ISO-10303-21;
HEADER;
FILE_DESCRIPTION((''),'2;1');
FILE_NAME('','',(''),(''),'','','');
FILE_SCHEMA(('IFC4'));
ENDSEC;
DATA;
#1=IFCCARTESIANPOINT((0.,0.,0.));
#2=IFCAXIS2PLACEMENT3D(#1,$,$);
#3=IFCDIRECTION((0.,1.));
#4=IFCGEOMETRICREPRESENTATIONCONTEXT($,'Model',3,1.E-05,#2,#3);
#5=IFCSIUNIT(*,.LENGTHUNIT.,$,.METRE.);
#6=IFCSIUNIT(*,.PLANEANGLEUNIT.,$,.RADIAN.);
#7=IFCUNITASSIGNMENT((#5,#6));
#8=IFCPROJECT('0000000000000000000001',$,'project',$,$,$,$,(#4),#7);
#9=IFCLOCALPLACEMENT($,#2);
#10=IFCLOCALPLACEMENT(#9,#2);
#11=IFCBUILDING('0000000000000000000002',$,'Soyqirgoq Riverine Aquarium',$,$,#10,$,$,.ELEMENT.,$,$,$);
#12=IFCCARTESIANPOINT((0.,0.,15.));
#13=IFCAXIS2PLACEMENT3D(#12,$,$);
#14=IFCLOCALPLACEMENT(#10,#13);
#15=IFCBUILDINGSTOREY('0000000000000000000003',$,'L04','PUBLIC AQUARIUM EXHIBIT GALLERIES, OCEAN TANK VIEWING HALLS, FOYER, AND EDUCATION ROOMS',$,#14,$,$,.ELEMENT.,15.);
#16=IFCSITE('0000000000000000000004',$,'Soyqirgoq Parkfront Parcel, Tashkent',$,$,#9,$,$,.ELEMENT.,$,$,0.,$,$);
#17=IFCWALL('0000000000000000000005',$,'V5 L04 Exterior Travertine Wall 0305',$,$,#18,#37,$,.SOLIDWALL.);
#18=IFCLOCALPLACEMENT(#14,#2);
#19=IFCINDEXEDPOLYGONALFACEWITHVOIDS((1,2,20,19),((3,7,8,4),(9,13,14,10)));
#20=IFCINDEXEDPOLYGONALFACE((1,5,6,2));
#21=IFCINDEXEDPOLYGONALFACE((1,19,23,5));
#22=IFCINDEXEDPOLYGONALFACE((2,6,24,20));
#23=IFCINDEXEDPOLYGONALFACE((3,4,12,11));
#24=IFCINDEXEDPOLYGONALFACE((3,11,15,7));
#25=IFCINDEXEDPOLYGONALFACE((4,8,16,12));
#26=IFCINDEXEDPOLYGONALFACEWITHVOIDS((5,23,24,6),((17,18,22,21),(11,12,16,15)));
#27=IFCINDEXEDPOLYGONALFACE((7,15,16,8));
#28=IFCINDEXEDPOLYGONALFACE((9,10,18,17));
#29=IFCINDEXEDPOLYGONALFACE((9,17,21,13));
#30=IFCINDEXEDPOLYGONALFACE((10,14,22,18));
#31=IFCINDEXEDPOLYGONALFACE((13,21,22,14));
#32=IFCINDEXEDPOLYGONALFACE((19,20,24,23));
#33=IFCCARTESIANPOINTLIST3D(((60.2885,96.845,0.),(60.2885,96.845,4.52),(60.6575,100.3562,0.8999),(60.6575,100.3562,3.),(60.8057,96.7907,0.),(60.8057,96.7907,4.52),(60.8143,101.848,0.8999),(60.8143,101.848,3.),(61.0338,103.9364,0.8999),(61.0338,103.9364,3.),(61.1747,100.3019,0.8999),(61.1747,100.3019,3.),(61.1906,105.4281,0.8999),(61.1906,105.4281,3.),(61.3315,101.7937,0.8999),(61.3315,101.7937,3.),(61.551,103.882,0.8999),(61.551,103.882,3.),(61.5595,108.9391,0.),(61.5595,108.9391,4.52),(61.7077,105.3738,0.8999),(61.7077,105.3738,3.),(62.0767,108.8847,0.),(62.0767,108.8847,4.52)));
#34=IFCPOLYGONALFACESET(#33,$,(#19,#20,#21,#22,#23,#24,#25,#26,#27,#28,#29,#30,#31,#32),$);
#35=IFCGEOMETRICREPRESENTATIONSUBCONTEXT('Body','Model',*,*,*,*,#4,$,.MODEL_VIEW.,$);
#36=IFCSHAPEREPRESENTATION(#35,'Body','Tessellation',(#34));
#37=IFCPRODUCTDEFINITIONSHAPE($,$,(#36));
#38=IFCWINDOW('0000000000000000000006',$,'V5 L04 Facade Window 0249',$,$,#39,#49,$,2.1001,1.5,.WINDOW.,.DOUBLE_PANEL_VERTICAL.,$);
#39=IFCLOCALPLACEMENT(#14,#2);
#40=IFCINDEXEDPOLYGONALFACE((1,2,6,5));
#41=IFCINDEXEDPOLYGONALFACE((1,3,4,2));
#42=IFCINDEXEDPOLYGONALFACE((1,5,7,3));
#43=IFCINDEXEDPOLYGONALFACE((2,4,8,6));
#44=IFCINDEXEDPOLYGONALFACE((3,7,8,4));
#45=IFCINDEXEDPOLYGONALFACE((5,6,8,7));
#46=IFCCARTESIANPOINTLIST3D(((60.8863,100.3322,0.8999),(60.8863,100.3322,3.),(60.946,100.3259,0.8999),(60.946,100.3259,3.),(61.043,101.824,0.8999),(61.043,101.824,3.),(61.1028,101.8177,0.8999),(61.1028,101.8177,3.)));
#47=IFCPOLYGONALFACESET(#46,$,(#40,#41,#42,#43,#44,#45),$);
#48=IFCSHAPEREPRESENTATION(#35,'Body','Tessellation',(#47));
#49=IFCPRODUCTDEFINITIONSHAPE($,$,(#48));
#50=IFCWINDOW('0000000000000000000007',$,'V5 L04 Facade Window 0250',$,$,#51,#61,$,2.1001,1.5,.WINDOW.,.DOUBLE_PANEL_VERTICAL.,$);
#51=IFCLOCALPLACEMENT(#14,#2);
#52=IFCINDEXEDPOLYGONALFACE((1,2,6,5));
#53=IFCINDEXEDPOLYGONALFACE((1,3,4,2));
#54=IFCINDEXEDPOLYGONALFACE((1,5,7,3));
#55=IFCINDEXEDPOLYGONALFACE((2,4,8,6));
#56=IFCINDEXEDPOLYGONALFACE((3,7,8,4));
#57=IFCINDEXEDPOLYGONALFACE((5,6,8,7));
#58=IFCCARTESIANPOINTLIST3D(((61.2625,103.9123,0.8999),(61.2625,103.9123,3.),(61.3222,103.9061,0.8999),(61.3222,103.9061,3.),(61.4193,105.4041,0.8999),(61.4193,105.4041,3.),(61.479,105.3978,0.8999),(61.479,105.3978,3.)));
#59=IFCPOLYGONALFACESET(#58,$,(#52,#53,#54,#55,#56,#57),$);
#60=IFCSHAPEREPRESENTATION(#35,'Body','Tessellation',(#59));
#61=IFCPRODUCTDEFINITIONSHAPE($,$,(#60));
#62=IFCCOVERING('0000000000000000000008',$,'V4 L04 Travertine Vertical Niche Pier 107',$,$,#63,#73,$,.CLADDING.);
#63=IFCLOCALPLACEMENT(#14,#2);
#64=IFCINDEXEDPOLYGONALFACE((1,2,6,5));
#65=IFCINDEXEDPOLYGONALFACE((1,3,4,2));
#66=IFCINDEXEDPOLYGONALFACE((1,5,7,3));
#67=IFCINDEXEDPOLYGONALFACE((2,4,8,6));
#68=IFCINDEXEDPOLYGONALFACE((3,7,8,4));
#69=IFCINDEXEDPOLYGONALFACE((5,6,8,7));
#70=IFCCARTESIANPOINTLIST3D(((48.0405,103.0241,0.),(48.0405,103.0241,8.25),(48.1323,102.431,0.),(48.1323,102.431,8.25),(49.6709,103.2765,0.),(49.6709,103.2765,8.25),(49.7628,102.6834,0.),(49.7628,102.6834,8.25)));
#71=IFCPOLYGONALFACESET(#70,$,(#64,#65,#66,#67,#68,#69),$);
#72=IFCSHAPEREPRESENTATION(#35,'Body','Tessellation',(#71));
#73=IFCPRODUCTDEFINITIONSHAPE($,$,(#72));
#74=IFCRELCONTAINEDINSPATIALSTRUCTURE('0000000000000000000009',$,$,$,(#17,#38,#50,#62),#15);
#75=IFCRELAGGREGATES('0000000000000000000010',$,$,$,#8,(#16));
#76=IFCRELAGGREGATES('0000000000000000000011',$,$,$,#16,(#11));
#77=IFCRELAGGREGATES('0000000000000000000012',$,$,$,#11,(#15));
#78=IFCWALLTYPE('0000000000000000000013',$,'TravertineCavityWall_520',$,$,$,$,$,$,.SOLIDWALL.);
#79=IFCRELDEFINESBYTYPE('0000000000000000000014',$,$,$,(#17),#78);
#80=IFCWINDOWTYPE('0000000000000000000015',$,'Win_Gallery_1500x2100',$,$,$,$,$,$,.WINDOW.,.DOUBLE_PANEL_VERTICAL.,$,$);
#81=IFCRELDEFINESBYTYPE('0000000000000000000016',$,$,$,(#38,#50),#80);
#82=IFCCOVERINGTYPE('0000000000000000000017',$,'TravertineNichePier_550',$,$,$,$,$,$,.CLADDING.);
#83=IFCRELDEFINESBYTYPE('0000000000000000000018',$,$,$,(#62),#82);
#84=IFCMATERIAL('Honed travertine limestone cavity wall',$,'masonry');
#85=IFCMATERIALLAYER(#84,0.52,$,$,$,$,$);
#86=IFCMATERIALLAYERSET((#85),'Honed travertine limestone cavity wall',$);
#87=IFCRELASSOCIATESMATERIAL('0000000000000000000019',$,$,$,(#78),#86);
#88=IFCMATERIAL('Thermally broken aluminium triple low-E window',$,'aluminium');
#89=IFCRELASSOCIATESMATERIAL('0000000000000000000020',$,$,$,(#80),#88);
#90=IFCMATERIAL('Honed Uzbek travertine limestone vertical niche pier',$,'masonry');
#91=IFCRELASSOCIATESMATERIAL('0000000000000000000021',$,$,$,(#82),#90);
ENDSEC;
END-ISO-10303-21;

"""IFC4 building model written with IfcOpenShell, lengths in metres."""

from ifc_helpers import new_model, si_unit, direction, frame, frame_2d, origin, origin_2d, place, context, subcontext, project, spatial, rectangle, extrude, material, layer, layer_set, type_object, element, fill, save


model = new_model("IFC4")

# Units and contexts
model_context = context("Model", 3, precision=1e-05, world=origin(), true_north=direction((0.0, 1.0)))
body_context = subcontext(model_context, "Body", "Model", "MODEL_VIEW")
ifc_project = project(units=[si_unit("LENGTHUNIT", "METRE"), si_unit("PLANEANGLEUNIT", "RADIAN")], contexts=[model_context])

# Site, building, storey
site_placement = place(None, origin())
site = spatial("IfcSite", under=ifc_project, at=site_placement, Name="Soyqirgoq Parkfront Parcel, Tashkent", CompositionType="ELEMENT", RefElevation=0.0)
building_placement = place(site_placement, origin())
building = spatial("IfcBuilding", under=site, at=building_placement, Name="Soyqirgoq Riverine Aquarium", CompositionType="ELEMENT")
storey_placement = place(building_placement, frame((0.0, 0.0, 15.0)))
storey = spatial("IfcBuildingStorey", under=building, at=storey_placement, Name="L04", Description="PUBLIC AQUARIUM EXHIBIT GALLERIES, OCEAN TANK VIEWING HALLS, FOYER, AND EDUCATION ROOMS", CompositionType="ELEMENT", Elevation=15.0)

# Wall, openings, windows
ifc_material_1 = material(Name="Honed travertine limestone cavity wall", Category="masonry")
ifc_layer_1 = layer(ifc_material_1, 0.52)
ifc_layer_set_1 = layer_set([ifc_layer_1], Name="Honed travertine limestone cavity wall")
wall_type_1 = type_object("IfcWallType", Name="TravertineCavityWall_520", PredefinedType="SOLIDWALL", material=ifc_layer_set_1)
wall_1_placement = place(storey_placement, frame((60.5471, 96.8179, 0.0), z_axis=(0.0, 0.0, 1.0), x_axis=(0.104518, 0.994523, 0.0)))
wall_1 = element("IfcWall", 1, at=wall_1_placement, inside=storey, type_object=wall_type_1, Name="V5 L04 Exterior Travertine Wall 0305", PredefinedType="SOLIDWALL", context=body_context, shape_type="SweptSolid", body=[
    extrude(rectangle(XDim=12.1606, YDim=0.52, at=frame_2d((6.0803, 0.0))), origin(), (0.0, 0.0, 1.0), 4.52),
])
opening_1_placement = place(wall_1_placement, frame((3.5305, 0.0, 0.8999)))
opening_1 = element("IfcOpeningElement", 2, at=opening_1_placement, cuts=wall_1, PredefinedType="OPENING", context=body_context, shape_type="SweptSolid", body=[
    extrude(rectangle(XDim=1.5, YDim=2.1001, at=frame_2d((0.75, 1.05))), frame((0.0, 0.27, 0.0), z_axis=(0.0, -1.0, 0.0), x_axis=(1.0, 0.0, 0.0)), (0.0, 0.0, 1.0), 0.54),
])
opening_2_placement = place(wall_1_placement, frame((7.1304, 0.0, 0.8999)))
opening_2 = element("IfcOpeningElement", 3, at=opening_2_placement, cuts=wall_1, PredefinedType="OPENING", context=body_context, shape_type="SweptSolid", body=[
    extrude(rectangle(XDim=1.5, YDim=2.1001, at=frame_2d((0.75, 1.05))), frame((0.0, 0.27, 0.0), z_axis=(0.0, -1.0, 0.0), x_axis=(1.0, 0.0, 0.0)), (0.0, 0.0, 1.0), 0.54),
])
ifc_material_2 = material(Name="Thermally broken aluminium triple low-E window", Category="aluminium")
window_type_1 = type_object("IfcWindowType", Name="Win_Gallery_1500x2100", PartitioningType="DOUBLE_PANEL_VERTICAL", PredefinedType="WINDOW", material=ifc_material_2)
window_1_placement = place(opening_1_placement, origin())
window_1 = element("IfcWindow", 4, at=window_1_placement, inside=storey, type_object=window_type_1, Name="V5 L04 Facade Window 0249", OverallHeight=2.1001, OverallWidth=1.5, PartitioningType="DOUBLE_PANEL_VERTICAL", PredefinedType="WINDOW", context=body_context, shape_type="SweptSolid", body=[
    extrude(rectangle(XDim=1.5, YDim=2.1001, at=frame_2d((0.75, 1.05))), frame((0.0, 0.03, 0.0), z_axis=(0.0, -1.0, 0.0), x_axis=(1.0, 0.0, 0.0)), (0.0, 0.0, 1.0), 0.0601),
])
fill(opening_1, window_1)
window_2_placement = place(opening_2_placement, origin())
window_2 = element("IfcWindow", 5, at=window_2_placement, inside=storey, type_object=window_type_1, Name="V5 L04 Facade Window 0250", OverallHeight=2.1001, OverallWidth=1.5, PartitioningType="DOUBLE_PANEL_VERTICAL", PredefinedType="WINDOW", context=body_context, shape_type="SweptSolid", body=[
    extrude(rectangle(XDim=1.5, YDim=2.1001, at=frame_2d((0.75, 1.05))), frame((0.0, 0.03, 0.0), z_axis=(0.0, -1.0, 0.0), x_axis=(1.0, 0.0, 0.0)), (0.0, 0.0, 1.0), 0.0601),
])
fill(opening_2, window_2)

# Covering
ifc_material_3 = material(Name="Honed Uzbek travertine limestone vertical niche pier", Category="masonry")
covering_type = type_object("IfcCoveringType", Name="TravertineNichePier_550", PredefinedType="CLADDING", material=ifc_material_3)
covering_placement = place(storey_placement, frame((48.9016, 102.8538, 0.0), z_axis=(0.0, 0.0, 1.0), x_axis=(-0.152986, 0.988228, 0.0)))
element("IfcCovering", 6, at=covering_placement, inside=storey, type_object=covering_type, Name="V4 L04 Travertine Vertical Niche Pier 107", PredefinedType="CLADDING", context=body_context, shape_type="SweptSolid", body=[
    extrude(rectangle(XDim=0.6001, YDim=1.6499, at=origin_2d()), origin(), (0.0, 0.0, 1.0), 8.25),
])

save(model, "model.ifc")
